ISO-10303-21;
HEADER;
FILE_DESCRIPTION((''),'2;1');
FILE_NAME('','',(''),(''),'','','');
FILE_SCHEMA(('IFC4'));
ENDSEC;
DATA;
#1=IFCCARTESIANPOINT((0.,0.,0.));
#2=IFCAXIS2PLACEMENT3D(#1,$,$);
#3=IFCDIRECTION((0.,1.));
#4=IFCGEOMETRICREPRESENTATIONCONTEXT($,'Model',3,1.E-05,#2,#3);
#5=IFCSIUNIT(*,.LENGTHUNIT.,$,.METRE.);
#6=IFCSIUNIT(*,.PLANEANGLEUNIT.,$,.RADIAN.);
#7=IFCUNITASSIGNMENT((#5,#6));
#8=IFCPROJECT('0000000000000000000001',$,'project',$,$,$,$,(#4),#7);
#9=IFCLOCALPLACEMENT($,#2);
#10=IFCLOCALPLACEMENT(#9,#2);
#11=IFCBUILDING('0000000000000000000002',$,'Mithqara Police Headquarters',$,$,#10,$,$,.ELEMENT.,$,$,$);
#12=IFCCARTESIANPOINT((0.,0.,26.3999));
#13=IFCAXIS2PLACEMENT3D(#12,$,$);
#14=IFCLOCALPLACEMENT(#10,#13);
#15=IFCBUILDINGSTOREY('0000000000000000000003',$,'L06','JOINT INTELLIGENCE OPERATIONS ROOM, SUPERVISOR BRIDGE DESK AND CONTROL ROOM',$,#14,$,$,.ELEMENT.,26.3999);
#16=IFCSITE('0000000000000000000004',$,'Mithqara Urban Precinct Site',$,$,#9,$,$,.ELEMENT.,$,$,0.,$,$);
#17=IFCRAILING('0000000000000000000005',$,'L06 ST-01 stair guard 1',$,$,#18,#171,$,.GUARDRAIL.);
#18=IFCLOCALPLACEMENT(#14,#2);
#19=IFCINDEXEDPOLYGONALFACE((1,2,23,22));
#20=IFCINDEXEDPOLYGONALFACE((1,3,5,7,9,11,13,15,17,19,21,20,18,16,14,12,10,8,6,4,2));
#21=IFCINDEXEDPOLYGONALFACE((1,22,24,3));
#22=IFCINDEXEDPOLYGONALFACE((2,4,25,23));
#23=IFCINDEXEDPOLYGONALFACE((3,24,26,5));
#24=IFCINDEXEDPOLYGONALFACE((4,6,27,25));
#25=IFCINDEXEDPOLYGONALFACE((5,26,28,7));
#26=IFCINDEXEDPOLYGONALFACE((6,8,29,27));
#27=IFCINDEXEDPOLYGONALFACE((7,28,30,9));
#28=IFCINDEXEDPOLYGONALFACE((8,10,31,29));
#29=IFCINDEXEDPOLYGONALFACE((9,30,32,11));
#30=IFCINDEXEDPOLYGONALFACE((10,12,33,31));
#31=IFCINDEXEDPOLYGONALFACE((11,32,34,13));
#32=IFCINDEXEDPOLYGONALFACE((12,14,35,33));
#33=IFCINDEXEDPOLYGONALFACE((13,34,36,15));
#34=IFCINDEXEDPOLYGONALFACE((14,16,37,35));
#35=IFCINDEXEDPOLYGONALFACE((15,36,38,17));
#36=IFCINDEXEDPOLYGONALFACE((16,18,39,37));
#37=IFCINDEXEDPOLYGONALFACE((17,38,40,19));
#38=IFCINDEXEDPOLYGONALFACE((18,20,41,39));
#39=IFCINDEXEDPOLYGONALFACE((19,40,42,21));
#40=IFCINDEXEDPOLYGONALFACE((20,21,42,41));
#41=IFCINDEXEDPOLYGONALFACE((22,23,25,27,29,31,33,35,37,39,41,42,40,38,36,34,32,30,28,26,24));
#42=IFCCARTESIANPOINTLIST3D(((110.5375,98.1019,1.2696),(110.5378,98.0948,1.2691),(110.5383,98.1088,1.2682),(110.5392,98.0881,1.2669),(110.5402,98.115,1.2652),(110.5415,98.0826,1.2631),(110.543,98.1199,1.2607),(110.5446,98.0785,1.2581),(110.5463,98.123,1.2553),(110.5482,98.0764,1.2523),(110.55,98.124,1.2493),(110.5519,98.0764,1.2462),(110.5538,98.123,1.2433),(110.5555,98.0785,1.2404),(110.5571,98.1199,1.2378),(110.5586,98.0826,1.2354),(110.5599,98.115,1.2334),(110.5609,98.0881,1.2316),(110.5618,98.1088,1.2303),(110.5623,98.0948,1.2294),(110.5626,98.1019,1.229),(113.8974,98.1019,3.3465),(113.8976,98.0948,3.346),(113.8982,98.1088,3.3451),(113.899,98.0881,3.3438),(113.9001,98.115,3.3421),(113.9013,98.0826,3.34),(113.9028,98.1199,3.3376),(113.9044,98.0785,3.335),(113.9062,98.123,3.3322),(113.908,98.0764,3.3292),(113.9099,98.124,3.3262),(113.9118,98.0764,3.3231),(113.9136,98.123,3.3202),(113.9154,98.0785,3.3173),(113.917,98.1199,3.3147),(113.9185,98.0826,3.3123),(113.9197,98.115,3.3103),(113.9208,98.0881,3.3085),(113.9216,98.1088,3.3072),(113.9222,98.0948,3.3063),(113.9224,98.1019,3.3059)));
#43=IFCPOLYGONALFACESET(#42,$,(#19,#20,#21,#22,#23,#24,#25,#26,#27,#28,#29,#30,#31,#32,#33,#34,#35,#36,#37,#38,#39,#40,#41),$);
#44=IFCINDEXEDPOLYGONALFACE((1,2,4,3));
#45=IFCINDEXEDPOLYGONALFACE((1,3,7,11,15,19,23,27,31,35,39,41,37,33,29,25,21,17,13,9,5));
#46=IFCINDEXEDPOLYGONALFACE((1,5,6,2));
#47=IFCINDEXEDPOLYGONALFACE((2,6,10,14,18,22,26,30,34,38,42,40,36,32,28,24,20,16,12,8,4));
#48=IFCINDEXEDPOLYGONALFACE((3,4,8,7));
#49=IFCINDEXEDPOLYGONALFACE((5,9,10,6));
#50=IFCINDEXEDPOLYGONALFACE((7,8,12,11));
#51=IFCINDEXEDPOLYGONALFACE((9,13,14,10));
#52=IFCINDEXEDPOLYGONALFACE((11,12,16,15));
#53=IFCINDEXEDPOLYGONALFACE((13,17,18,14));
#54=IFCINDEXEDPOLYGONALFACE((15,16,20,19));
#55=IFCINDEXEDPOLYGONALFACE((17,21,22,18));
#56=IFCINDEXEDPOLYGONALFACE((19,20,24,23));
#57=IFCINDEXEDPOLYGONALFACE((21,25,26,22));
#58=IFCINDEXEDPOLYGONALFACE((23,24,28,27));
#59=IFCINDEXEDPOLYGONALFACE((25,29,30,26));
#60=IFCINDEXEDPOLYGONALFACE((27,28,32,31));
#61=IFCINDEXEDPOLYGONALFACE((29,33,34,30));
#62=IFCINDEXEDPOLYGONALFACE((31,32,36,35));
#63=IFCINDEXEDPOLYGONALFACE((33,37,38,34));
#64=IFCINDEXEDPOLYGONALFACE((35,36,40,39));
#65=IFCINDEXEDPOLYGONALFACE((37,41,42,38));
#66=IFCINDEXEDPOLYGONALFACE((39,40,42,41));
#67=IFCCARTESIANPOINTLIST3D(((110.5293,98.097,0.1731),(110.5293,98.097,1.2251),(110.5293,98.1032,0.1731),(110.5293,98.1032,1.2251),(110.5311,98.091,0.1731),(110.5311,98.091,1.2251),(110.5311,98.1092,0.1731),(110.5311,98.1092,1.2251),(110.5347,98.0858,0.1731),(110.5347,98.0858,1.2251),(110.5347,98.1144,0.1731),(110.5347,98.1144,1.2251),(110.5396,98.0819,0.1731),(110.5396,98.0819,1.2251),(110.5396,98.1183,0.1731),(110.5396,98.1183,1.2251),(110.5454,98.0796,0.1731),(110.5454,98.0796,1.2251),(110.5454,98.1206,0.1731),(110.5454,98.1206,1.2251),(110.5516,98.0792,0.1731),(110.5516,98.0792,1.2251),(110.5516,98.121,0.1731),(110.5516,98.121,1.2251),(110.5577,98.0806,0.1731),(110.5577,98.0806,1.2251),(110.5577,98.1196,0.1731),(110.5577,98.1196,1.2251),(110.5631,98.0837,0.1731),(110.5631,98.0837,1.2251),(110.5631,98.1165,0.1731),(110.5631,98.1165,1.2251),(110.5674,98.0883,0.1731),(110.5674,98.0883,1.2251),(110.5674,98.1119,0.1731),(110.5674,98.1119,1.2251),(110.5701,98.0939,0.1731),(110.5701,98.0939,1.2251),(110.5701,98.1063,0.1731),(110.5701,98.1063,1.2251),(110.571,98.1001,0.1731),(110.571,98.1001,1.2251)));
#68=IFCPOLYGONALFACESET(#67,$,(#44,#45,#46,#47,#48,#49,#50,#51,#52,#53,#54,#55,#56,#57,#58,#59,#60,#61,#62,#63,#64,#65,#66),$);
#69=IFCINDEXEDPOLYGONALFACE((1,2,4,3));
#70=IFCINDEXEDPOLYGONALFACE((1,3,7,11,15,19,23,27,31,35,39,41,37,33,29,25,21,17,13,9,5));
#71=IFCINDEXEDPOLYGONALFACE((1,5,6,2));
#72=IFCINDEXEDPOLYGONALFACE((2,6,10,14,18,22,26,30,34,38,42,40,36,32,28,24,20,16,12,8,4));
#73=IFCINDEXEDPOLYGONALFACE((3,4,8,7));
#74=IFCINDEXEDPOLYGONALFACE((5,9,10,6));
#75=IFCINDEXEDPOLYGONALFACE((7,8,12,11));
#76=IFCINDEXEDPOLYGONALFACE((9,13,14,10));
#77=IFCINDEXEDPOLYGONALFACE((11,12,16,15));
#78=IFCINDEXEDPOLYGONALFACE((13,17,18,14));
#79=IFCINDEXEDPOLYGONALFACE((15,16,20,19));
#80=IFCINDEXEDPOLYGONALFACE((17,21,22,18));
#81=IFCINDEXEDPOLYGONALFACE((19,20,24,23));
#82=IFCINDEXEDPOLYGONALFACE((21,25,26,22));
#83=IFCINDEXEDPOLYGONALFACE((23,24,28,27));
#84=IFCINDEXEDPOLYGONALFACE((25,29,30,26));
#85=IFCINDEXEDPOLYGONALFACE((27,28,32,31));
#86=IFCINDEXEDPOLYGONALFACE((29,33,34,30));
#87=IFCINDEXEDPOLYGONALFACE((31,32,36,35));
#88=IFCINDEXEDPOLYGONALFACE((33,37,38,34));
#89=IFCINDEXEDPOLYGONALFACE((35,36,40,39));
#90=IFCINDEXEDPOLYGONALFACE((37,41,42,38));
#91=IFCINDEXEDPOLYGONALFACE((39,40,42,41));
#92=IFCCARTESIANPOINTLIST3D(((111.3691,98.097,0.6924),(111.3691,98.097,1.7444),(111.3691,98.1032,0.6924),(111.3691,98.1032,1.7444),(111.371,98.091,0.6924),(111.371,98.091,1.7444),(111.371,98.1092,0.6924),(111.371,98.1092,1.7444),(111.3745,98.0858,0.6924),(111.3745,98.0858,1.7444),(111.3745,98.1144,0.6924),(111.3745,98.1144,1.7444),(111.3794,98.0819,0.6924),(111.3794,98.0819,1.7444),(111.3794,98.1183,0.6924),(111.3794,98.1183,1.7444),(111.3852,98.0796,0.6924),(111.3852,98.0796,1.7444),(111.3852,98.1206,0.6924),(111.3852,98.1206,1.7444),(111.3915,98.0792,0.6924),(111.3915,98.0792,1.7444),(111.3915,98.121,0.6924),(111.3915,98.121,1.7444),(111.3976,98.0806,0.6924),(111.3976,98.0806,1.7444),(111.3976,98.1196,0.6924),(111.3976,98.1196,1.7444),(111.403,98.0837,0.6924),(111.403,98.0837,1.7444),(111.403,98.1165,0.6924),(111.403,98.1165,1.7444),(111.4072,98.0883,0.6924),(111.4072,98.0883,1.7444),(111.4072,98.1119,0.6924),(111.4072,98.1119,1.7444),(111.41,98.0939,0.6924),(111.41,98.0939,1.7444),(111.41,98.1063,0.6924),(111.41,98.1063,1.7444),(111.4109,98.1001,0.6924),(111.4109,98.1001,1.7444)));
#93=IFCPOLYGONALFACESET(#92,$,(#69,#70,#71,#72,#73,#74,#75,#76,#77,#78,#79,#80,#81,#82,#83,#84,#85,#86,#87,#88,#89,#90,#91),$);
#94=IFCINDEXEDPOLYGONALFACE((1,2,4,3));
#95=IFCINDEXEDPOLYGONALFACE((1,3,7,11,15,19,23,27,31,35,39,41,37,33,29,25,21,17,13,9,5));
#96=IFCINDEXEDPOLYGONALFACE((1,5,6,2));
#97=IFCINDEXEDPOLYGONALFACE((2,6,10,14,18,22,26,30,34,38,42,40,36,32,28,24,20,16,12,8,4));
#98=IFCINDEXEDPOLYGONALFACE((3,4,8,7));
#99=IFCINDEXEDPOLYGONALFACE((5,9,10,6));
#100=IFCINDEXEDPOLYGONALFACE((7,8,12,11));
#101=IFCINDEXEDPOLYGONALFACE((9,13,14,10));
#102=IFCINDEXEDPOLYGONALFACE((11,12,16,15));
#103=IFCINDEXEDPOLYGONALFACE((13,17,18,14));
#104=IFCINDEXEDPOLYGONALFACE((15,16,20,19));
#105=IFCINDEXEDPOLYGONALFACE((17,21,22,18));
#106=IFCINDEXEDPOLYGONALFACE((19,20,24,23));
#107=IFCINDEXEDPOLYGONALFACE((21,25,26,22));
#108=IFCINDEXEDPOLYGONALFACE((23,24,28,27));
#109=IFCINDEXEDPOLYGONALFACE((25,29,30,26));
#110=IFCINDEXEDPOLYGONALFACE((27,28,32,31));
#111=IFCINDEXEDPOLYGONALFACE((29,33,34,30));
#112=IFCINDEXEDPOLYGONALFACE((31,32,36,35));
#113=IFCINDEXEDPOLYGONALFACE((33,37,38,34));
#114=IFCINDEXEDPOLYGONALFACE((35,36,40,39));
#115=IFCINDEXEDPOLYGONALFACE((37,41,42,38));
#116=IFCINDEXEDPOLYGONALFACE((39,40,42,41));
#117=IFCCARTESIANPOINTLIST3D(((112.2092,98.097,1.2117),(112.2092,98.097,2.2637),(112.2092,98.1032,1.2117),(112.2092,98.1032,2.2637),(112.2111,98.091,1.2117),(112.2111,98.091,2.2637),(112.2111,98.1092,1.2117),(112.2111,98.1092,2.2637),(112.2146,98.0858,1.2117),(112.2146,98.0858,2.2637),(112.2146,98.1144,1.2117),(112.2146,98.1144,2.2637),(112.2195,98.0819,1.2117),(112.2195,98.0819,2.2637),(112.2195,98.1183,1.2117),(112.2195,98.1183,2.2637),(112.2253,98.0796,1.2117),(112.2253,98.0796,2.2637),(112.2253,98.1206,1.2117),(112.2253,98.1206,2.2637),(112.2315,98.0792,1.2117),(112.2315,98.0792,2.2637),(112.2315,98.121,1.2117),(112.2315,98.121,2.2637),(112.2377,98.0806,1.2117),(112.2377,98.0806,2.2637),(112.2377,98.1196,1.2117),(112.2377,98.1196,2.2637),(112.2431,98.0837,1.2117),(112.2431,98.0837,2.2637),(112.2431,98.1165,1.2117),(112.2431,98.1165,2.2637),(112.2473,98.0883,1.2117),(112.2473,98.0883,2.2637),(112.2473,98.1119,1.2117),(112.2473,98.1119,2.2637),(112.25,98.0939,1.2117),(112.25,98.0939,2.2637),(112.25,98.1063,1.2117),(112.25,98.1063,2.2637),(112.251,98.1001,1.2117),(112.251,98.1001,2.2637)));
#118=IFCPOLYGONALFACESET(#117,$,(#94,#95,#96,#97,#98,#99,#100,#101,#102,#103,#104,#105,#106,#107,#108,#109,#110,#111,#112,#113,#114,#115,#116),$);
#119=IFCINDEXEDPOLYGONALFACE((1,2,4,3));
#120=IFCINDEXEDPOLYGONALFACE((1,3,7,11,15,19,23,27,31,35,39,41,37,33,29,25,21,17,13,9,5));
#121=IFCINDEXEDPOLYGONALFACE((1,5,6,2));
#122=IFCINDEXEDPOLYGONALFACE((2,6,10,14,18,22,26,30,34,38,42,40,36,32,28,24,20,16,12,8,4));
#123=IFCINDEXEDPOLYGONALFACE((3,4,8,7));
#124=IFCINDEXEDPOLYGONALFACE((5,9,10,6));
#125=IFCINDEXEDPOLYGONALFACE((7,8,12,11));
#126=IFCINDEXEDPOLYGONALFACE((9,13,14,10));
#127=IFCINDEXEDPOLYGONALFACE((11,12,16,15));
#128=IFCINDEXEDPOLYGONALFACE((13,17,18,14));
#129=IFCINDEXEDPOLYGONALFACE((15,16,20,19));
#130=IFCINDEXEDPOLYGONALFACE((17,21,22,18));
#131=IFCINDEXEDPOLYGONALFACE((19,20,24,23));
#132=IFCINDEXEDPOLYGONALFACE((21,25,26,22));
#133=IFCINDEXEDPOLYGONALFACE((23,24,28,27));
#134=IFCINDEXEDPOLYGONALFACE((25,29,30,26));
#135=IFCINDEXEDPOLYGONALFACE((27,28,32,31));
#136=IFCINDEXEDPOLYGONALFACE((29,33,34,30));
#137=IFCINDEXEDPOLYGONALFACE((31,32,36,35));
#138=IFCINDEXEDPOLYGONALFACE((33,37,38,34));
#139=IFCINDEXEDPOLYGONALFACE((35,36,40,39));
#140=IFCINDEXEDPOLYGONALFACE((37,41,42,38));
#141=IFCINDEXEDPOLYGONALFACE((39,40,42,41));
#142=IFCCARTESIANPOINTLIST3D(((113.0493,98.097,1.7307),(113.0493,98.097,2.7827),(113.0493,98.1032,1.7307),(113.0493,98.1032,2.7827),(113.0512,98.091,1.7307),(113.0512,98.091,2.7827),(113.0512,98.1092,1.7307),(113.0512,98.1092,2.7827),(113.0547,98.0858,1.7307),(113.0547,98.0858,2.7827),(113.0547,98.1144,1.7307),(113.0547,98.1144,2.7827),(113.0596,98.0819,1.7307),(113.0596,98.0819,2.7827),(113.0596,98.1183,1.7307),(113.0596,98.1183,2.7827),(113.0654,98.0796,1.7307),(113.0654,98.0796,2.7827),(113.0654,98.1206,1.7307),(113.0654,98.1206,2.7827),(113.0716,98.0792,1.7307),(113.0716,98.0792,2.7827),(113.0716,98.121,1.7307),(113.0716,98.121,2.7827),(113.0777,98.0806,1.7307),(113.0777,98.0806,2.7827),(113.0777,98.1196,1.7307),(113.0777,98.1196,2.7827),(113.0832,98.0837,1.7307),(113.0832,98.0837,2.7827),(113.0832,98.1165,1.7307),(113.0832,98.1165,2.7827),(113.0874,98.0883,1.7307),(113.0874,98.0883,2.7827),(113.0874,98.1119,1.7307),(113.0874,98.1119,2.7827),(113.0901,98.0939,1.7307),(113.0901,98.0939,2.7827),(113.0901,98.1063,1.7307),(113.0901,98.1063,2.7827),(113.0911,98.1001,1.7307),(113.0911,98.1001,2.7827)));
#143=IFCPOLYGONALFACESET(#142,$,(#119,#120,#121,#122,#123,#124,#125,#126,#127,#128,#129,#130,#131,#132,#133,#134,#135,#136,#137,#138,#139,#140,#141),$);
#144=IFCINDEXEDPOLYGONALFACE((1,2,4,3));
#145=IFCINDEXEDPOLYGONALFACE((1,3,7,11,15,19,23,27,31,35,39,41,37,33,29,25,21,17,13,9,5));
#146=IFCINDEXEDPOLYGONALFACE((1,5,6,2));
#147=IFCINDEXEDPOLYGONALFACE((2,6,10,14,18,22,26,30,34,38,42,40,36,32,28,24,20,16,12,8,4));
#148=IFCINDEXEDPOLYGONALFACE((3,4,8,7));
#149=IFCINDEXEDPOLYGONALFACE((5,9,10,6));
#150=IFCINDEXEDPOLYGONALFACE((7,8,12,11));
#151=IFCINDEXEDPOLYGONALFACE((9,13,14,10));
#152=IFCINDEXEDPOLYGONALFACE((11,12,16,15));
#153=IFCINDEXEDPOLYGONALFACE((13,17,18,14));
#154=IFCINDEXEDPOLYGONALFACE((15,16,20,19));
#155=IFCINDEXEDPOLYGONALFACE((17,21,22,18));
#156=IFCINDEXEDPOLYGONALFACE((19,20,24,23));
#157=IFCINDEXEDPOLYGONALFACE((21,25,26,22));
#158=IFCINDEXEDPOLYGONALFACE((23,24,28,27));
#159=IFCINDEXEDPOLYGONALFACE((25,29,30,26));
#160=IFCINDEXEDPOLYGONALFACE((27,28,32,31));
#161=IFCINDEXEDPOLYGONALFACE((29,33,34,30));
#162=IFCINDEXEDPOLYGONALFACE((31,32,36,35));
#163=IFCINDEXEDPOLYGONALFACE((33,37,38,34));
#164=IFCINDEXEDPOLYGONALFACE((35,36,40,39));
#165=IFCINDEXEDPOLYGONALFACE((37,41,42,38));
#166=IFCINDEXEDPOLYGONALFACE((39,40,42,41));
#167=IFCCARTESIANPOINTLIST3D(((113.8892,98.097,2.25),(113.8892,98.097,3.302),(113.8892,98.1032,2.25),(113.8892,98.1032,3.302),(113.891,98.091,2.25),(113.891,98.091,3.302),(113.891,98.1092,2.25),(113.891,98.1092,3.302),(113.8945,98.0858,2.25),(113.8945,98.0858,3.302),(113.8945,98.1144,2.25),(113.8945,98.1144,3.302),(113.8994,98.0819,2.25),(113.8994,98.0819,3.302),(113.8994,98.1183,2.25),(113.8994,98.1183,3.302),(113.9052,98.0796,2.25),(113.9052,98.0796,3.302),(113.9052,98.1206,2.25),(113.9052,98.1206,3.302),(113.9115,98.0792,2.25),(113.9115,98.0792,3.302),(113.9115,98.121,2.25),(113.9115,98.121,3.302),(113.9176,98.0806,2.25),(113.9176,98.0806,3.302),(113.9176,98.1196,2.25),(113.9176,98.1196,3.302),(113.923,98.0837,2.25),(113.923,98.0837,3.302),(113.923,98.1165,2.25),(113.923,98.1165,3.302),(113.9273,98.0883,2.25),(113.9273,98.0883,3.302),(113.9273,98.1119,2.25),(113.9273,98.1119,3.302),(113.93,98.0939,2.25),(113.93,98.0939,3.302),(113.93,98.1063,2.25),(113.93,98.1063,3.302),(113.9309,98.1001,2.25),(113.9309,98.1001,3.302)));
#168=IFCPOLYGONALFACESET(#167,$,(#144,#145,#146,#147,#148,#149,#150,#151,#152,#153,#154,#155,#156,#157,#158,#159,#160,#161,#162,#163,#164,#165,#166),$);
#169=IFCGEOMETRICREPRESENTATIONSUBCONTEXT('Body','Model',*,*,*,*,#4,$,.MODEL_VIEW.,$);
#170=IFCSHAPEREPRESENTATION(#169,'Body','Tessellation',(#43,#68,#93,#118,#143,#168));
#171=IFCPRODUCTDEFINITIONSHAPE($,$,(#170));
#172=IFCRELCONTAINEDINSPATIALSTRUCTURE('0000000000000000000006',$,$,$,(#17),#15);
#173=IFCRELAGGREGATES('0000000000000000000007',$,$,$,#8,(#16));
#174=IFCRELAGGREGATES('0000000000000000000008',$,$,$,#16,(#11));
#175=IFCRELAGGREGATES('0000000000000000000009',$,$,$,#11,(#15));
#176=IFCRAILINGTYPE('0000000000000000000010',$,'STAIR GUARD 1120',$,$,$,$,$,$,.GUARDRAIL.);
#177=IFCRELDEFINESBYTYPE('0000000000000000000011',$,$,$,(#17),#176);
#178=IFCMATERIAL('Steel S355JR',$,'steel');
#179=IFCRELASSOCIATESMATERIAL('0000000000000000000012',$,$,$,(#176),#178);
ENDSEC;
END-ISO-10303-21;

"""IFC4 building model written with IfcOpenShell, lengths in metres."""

from ifc_helpers import new_model, si_unit, direction, frame, origin, origin_2d, place, context, subcontext, project, spatial, circle, extrude, material, type_object, element, save


model = new_model("IFC4")

# Units and contexts
model_context = context("Model", 3, precision=1e-05, world=origin(), true_north=direction((0.0, 1.0)))
body_context = subcontext(model_context, "Body", "Model", "MODEL_VIEW")
ifc_project = project(units=[si_unit("LENGTHUNIT", "METRE"), si_unit("PLANEANGLEUNIT", "RADIAN")], contexts=[model_context])

# Site, building, storey
site_placement = place(None, origin())
site = spatial("IfcSite", under=ifc_project, at=site_placement, Name="Mithqara Urban Precinct Site", CompositionType="ELEMENT", RefElevation=0.0)
building_placement = place(site_placement, origin())
building = spatial("IfcBuilding", under=site, at=building_placement, Name="Mithqara Police Headquarters", CompositionType="ELEMENT")
storey_placement = place(building_placement, frame((0.0, 0.0, 26.3999)))
storey = spatial("IfcBuildingStorey", under=building, at=storey_placement, Name="L06", Description="JOINT INTELLIGENCE OPERATIONS ROOM, SUPERVISOR BRIDGE DESK AND CONTROL ROOM", CompositionType="ELEMENT", Elevation=26.3999)

# Shared definitions
ifc_material_1 = material(Name="Steel S355JR", Category="steel")

# Railing
railing_type_1 = type_object("IfcRailingType", Name="STAIR GUARD 1120", PredefinedType="GUARDRAIL", material=ifc_material_1)
railing_1_placement = place(storey_placement, frame((110.55, 98.1001, 0.1731)))
element("IfcRailing", 1, at=railing_1_placement, inside=storey, type_object=railing_type_1, Name="L06 ST-01 stair guard 1", PredefinedType="GUARDRAIL", context=body_context, shape_type="SweptSolid", body=[
    extrude(circle(Radius=0.0239, at=origin_2d()), frame((0.0, 0.0, 1.0762), z_axis=(0.850606, 0.0, 0.525803), x_axis=(0.0, 1.0, 0.0)), (0.0, 0.0, 1.0), 3.95),
    extrude(circle(Radius=0.021, at=origin_2d()), origin(), (0.0, 0.0, 1.0), 1.052),
    extrude(circle(Radius=0.021, at=origin_2d()), frame((0.8398, 0.0, 0.5193)), (0.0, 0.0, 1.0), 1.052),
    extrude(circle(Radius=0.021, at=origin_2d()), frame((1.6799, 0.0, 1.0386)), (0.0, 0.0, 1.0), 1.052),
    extrude(circle(Radius=0.021, at=origin_2d()), frame((2.52, 0.0, 1.5576)), (0.0, 0.0, 1.0), 1.052),
    extrude(circle(Radius=0.021, at=origin_2d()), frame((3.3599, 0.0, 2.0769)), (0.0, 0.0, 1.0), 1.052),
])

save(model, "model.ifc")
